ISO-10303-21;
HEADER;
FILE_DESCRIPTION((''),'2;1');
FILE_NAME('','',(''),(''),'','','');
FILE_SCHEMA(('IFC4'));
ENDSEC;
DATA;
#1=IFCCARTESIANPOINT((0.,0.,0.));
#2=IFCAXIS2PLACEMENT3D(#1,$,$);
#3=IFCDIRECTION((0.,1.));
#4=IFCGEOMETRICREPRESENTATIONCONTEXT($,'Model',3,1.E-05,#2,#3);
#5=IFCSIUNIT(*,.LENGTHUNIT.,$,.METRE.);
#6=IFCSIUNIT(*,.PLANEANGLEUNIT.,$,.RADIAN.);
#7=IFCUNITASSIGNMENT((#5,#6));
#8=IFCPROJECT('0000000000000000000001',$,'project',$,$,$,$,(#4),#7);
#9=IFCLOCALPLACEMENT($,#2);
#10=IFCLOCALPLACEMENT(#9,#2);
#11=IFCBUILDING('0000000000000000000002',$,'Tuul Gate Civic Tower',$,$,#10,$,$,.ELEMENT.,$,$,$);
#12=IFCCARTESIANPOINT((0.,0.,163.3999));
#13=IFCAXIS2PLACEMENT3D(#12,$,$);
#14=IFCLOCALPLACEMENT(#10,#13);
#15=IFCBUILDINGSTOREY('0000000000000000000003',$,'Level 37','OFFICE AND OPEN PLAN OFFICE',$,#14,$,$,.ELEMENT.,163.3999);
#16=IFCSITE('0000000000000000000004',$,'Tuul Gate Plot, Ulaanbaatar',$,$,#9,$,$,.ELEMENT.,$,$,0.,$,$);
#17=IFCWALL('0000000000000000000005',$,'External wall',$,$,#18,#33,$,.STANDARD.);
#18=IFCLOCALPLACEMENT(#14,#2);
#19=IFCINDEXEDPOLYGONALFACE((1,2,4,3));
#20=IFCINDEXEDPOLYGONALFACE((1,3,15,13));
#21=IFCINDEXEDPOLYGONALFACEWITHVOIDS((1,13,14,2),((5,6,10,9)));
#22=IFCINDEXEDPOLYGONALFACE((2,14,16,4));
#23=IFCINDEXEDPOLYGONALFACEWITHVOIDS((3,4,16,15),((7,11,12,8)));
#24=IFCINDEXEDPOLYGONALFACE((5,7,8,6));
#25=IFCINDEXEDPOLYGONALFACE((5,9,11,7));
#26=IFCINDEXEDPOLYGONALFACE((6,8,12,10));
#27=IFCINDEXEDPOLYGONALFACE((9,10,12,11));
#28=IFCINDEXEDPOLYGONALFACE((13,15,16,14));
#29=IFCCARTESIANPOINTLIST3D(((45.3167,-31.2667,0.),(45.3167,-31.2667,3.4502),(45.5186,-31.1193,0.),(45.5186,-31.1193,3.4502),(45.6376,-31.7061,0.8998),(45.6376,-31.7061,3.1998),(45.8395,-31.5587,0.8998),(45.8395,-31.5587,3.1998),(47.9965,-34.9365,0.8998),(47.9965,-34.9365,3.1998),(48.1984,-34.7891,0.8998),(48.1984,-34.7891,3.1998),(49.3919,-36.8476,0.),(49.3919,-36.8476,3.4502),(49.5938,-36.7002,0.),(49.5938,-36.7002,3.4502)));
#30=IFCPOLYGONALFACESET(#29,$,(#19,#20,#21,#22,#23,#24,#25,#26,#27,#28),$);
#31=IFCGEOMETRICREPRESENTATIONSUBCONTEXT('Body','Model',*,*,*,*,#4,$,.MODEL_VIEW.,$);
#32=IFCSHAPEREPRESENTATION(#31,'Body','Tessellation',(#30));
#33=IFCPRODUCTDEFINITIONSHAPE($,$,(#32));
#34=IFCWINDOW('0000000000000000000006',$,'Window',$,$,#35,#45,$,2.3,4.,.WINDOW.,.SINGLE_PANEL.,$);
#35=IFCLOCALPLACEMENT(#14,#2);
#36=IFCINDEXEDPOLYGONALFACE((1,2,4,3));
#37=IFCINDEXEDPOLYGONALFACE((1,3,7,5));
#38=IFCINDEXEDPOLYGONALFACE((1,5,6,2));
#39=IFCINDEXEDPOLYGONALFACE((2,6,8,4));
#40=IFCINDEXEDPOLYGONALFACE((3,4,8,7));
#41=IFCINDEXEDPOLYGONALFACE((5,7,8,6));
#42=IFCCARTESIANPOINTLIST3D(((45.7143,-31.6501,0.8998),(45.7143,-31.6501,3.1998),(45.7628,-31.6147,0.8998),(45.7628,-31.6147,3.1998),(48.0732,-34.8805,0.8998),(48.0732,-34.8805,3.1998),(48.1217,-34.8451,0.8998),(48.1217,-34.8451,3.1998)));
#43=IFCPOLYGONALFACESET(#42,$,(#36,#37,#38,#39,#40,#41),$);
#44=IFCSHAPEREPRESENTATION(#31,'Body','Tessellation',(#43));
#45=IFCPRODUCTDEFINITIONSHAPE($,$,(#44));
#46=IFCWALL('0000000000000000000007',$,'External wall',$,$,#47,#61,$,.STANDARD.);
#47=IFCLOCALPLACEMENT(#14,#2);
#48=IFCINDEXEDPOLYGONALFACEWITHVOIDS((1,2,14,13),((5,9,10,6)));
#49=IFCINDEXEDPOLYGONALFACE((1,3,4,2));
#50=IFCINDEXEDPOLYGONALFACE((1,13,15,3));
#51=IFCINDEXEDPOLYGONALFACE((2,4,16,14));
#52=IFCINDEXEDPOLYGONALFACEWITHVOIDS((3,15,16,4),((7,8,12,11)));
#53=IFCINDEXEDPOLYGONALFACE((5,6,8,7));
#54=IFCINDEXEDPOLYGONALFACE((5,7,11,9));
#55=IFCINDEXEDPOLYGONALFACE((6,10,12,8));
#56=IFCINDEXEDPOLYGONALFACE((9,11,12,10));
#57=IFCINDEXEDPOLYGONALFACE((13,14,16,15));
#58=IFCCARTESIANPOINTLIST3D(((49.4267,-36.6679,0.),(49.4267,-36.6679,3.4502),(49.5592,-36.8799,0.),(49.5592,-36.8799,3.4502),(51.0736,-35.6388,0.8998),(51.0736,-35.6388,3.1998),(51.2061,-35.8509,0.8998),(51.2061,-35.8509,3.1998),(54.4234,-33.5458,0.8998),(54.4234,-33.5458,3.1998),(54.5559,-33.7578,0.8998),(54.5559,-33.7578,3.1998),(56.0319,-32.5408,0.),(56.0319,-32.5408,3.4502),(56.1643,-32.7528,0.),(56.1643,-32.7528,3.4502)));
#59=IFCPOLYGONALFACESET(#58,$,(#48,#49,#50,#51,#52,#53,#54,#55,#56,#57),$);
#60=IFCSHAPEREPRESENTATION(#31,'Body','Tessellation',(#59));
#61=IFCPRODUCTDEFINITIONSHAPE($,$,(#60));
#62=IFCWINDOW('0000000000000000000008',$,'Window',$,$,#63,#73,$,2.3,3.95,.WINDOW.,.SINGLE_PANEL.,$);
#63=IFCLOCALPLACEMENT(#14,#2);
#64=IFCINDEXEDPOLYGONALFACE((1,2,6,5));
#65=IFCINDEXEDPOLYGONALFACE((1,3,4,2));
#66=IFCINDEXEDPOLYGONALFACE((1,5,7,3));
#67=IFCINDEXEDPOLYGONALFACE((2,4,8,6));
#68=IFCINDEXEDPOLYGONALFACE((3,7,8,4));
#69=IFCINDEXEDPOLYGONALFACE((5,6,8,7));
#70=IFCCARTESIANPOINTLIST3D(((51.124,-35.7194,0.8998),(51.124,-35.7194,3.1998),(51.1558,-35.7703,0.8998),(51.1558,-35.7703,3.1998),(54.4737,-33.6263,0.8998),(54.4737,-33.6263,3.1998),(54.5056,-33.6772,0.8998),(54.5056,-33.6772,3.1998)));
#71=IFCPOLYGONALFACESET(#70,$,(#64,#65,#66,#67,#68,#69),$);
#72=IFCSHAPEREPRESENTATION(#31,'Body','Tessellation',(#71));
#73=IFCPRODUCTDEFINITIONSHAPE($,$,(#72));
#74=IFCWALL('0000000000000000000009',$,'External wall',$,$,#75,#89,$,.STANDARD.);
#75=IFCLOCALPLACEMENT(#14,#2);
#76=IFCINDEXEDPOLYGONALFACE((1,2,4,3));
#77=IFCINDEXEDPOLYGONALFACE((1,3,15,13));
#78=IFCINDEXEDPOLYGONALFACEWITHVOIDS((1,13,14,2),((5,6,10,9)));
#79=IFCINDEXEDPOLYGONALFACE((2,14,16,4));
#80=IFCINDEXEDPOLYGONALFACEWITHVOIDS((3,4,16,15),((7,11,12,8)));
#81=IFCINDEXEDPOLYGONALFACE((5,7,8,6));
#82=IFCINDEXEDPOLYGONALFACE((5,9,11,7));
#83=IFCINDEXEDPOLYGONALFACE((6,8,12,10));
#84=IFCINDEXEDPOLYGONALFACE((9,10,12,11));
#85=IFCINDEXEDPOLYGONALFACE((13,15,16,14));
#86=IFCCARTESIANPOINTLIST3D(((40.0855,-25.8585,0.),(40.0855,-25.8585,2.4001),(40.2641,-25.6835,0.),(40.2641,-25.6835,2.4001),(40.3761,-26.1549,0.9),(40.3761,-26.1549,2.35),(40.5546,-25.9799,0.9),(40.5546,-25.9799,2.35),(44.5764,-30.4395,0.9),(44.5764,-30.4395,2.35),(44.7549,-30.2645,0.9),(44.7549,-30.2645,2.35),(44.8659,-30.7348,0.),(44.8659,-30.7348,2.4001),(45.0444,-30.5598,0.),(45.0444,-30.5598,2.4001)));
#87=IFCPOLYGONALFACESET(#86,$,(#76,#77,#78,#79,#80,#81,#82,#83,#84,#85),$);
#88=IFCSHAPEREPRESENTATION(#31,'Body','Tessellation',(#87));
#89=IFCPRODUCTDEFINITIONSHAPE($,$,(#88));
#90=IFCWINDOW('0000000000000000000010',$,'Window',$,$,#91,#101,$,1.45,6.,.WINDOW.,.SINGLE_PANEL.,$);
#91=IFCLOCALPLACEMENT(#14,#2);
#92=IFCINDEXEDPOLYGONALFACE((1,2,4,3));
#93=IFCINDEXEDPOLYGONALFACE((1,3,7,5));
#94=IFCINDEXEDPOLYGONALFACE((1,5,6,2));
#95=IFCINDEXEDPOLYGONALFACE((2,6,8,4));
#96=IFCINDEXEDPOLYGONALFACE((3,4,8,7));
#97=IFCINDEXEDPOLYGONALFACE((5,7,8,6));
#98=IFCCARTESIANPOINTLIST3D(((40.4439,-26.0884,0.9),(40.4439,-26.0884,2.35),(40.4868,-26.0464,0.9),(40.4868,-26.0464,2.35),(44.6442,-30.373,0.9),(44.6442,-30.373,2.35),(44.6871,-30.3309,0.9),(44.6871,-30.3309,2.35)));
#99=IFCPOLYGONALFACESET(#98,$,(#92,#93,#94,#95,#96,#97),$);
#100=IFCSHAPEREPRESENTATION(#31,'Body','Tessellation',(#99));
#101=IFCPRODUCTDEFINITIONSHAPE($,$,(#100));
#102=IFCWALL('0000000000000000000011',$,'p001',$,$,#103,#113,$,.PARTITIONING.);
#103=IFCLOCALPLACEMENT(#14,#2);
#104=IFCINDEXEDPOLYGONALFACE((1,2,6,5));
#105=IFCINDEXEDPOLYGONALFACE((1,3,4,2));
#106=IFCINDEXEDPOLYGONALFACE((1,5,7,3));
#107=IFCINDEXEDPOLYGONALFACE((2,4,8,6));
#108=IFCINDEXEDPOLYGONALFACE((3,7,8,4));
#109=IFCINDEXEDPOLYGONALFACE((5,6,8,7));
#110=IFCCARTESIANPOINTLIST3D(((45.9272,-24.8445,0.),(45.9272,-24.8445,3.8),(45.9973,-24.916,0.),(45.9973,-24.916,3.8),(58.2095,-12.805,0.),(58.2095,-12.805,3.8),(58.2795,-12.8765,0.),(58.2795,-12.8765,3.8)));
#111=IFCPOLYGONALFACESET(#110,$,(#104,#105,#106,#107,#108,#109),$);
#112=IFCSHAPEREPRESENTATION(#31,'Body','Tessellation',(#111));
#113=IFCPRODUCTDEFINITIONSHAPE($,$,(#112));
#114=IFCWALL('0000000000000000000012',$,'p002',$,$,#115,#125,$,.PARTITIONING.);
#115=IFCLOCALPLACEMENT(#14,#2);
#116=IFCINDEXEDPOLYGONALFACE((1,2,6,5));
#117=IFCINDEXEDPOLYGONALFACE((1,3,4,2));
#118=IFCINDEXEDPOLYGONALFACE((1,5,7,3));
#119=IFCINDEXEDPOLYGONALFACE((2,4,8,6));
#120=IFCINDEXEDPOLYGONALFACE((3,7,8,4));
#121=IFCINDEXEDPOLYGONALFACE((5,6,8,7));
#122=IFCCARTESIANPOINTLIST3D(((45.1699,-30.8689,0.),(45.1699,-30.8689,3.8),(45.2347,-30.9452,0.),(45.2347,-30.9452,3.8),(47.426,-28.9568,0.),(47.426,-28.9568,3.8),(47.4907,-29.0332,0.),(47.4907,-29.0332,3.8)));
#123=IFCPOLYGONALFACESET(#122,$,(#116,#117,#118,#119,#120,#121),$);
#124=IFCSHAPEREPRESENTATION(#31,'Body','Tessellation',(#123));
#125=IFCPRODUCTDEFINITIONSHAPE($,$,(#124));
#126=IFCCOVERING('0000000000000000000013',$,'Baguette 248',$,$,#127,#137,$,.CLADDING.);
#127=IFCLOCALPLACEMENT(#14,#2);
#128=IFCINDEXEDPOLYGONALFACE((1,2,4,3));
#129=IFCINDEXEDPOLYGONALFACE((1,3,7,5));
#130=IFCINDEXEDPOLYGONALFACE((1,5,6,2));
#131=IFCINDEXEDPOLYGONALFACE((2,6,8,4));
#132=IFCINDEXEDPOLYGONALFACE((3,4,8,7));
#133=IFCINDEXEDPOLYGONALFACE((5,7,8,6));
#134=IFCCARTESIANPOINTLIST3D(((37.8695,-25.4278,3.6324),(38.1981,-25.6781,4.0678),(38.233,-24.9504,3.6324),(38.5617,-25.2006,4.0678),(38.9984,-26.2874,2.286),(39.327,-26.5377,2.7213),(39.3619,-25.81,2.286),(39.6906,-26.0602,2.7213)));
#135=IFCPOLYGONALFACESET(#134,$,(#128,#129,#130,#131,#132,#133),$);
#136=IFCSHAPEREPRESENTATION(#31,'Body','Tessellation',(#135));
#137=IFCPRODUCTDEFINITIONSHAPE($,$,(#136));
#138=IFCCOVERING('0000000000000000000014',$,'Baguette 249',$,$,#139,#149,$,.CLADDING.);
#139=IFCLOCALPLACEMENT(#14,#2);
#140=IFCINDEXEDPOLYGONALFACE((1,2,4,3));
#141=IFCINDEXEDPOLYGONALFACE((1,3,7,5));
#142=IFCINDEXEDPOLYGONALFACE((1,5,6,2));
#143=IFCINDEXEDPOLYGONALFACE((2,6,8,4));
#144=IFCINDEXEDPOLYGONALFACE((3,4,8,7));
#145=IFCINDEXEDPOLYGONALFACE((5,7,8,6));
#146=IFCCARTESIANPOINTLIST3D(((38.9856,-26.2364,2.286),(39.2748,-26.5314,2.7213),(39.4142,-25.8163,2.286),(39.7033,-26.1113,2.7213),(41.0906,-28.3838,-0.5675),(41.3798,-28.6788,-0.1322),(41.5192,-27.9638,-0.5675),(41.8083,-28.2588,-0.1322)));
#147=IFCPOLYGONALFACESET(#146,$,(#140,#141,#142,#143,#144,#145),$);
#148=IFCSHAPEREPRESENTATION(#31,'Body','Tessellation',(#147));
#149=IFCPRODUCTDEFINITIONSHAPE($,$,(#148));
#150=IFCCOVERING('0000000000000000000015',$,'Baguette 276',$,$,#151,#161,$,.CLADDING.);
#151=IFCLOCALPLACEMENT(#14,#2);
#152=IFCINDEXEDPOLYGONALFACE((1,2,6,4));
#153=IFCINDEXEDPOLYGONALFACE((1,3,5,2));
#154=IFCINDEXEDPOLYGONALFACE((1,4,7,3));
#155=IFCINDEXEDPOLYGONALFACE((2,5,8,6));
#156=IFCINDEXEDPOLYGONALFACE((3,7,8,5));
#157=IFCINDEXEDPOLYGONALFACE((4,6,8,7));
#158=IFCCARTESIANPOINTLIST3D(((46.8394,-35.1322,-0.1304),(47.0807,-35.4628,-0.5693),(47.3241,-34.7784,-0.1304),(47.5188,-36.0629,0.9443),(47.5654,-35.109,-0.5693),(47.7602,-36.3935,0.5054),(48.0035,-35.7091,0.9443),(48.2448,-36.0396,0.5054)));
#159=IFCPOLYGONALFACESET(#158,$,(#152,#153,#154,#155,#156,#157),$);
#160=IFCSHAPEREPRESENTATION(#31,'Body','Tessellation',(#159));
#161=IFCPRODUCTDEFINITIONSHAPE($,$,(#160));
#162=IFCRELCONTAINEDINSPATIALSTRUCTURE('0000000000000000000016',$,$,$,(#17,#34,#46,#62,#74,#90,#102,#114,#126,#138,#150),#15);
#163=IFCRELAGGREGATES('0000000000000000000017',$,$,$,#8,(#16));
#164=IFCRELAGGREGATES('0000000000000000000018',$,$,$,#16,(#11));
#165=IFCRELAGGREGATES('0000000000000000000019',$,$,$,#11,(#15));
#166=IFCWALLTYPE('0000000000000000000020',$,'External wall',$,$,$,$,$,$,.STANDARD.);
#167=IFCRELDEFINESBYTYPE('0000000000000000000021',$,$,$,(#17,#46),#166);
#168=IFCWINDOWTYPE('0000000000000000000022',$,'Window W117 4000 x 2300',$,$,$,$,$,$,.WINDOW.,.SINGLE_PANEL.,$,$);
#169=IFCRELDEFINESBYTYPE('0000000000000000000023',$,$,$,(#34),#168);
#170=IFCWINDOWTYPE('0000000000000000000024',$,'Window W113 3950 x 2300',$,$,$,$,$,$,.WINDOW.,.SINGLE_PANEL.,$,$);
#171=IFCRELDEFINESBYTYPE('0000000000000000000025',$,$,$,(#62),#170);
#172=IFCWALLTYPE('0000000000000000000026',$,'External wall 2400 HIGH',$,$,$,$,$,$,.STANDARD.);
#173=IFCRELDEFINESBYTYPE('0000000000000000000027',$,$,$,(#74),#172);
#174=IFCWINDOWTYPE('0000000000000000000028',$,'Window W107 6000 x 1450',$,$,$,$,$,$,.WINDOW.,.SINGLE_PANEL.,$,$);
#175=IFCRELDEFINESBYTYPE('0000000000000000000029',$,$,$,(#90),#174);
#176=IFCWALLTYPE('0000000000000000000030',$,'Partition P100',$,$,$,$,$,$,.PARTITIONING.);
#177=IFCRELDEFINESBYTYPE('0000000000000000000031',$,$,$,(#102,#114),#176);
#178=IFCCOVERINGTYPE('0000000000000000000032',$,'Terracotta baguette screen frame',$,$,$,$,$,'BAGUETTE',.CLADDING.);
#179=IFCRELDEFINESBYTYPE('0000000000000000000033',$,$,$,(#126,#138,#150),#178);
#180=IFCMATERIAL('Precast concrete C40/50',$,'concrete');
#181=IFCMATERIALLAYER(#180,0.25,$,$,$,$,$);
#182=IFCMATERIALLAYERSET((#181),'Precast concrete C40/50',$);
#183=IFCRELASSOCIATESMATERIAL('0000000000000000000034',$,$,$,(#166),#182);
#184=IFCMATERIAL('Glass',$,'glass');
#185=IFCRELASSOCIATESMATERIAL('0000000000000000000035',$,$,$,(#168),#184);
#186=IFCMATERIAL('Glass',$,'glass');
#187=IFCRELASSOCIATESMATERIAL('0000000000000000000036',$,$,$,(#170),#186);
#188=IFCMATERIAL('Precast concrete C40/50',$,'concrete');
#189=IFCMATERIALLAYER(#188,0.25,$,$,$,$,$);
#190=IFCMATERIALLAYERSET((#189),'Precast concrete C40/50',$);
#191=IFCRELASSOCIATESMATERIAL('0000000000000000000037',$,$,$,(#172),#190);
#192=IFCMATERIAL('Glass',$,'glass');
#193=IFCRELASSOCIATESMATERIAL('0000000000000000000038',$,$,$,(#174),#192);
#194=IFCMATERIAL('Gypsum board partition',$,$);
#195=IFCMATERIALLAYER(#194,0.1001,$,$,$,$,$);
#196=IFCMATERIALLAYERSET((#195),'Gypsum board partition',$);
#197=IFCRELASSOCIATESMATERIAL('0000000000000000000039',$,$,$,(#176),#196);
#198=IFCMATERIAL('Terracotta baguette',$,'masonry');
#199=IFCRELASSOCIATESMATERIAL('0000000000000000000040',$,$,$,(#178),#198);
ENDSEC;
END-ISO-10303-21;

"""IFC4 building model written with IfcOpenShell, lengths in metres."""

from ifc_helpers import new_model, si_unit, direction, frame, frame_2d, origin, origin_2d, place, context, subcontext, project, spatial, rectangle, extrude, material, layer, layer_set, material_profile, profile_set, type_object, element, fill, save


model = new_model("IFC4")

# Units and contexts
model_context = context("Model", 3, precision=1e-05, world=origin(), true_north=direction((0.0, 1.0)))
body_context = subcontext(model_context, "Body", "Model", "MODEL_VIEW")
ifc_project = project(units=[si_unit("LENGTHUNIT", "METRE"), si_unit("PLANEANGLEUNIT", "RADIAN")], contexts=[model_context])

# Site, building, storey
site_placement = place(None, origin())
site = spatial("IfcSite", under=ifc_project, at=site_placement, Name="Tuul Gate Plot, Ulaanbaatar", CompositionType="ELEMENT", RefElevation=0.0)
building_placement = place(site_placement, origin())
building = spatial("IfcBuilding", under=site, at=building_placement, Name="Tuul Gate Civic Tower", CompositionType="ELEMENT")
storey_placement = place(building_placement, frame((0.0, 0.0, 163.3999)))
storey = spatial("IfcBuildingStorey", under=building, at=storey_placement, Name="Level 37", Description="OFFICE AND OPEN PLAN OFFICE", CompositionType="ELEMENT", Elevation=163.3999)

# Walls, openings, windows
ifc_material_1 = material(Name="Precast concrete C40/50", Category="concrete")
ifc_layer_1 = layer(ifc_material_1, 0.25)
ifc_layer_set_1 = layer_set([ifc_layer_1], Name="Precast concrete C40/50")
wall_type_1 = type_object("IfcWallType", Name="External wall", PredefinedType="STANDARD", material=ifc_layer_set_1)
wall_1_placement = place(storey_placement, frame((45.4177, -31.1931, 0.0), z_axis=(0.0, 0.0, 1.0), x_axis=(0.589725, -0.807604, 0.0)))
wall_1 = element("IfcWall", 1, at=wall_1_placement, inside=storey, type_object=wall_type_1, Name="External wall", PredefinedType="STANDARD", context=body_context, shape_type="SweptSolid", body=[
    extrude(rectangle(XDim=6.9104, YDim=0.25, at=frame_2d((3.4551, 0.0))), origin(), (0.0, 0.0, 1.0), 3.4502),
])
opening_1_placement = place(wall_1_placement, frame((0.5439, 0.0, 0.8999)))
opening_1 = element("IfcOpeningElement", 2, at=opening_1_placement, cuts=wall_1, PredefinedType="OPENING", context=body_context, shape_type="SweptSolid", body=[
    extrude(rectangle(XDim=4.0, YDim=2.3, at=frame_2d((2.0, 1.1499))), frame((0.0, 0.135, 0.0), z_axis=(0.0, -1.0, 0.0), x_axis=(1.0, 0.0, 0.0)), (0.0, 0.0, 1.0), 0.27),
])
ifc_material_2 = material(Name="Glass", Category="glass")
window_type_1 = type_object("IfcWindowType", Name="Window W117 4000 x 2300", PartitioningType="SINGLE_PANEL", PredefinedType="WINDOW", material=ifc_material_2)
window_1_placement = place(opening_1_placement, origin())
window_1 = element("IfcWindow", 3, at=window_1_placement, inside=storey, type_object=window_type_1, Name="Window", OverallHeight=2.3, OverallWidth=4.0, PartitioningType="SINGLE_PANEL", PredefinedType="WINDOW", context=body_context, shape_type="SweptSolid", body=[
    extrude(rectangle(XDim=4.0, YDim=2.3, at=frame_2d((2.0, 1.1499))), frame((0.0, 0.03, 0.0), z_axis=(0.0, -1.0, 0.0), x_axis=(1.0, 0.0, 0.0)), (0.0, 0.0, 1.0), 0.0601),
])
fill(opening_1, window_1)
wall_2_placement = place(storey_placement, frame((49.4929, -36.7739, 0.0), z_axis=(0.0, 0.0, 1.0), x_axis=(0.84806, 0.5299, 0.0)))
wall_2 = element("IfcWall", 4, at=wall_2_placement, inside=storey, type_object=wall_type_1, Name="External wall", PredefinedType="STANDARD", context=body_context, shape_type="SweptSolid", body=[
    extrude(rectangle(XDim=7.7886, YDim=0.25, at=frame_2d((3.8943, 0.0))), origin(), (0.0, 0.0, 1.0), 3.4502),
])
opening_2_placement = place(wall_2_placement, frame((1.9419, 0.0, 0.8999)))
opening_2 = element("IfcOpeningElement", 5, at=opening_2_placement, cuts=wall_2, PredefinedType="OPENING", context=body_context, shape_type="SweptSolid", body=[
    extrude(rectangle(XDim=3.95, YDim=2.3, at=frame_2d((1.9751, 1.1499))), frame((0.0, 0.135, 0.0), z_axis=(0.0, -1.0, 0.0), x_axis=(1.0, 0.0, 0.0)), (0.0, 0.0, 1.0), 0.27),
])
ifc_material_3 = material(Name="Glass", Category="glass")
window_type_2 = type_object("IfcWindowType", Name="Window W113 3950 x 2300", PartitioningType="SINGLE_PANEL", PredefinedType="WINDOW", material=ifc_material_3)
window_2_placement = place(opening_2_placement, origin())
window_2 = element("IfcWindow", 6, at=window_2_placement, inside=storey, type_object=window_type_2, Name="Window", OverallHeight=2.3, OverallWidth=3.95, PartitioningType="SINGLE_PANEL", PredefinedType="WINDOW", context=body_context, shape_type="SweptSolid", body=[
    extrude(rectangle(XDim=3.95, YDim=2.3, at=frame_2d((1.9751, 1.1499))), frame((0.0, 0.03, 0.0), z_axis=(0.0, -1.0, 0.0), x_axis=(1.0, 0.0, 0.0)), (0.0, 0.0, 1.0), 0.0601),
])
fill(opening_2, window_2)
ifc_material_4 = material(Name="Precast concrete C40/50", Category="concrete")
ifc_layer_2 = layer(ifc_material_4, 0.25)
ifc_layer_set_2 = layer_set([ifc_layer_2], Name="Precast concrete C40/50")
wall_type_2 = type_object("IfcWallType", Name="External wall 2400 HIGH", PredefinedType="STANDARD", material=ifc_layer_set_2)
wall_3_placement = place(storey_placement, frame((40.1748, -25.771, 0.0), z_axis=(0.0, 0.0, 1.0), x_axis=(0.700046, -0.714097, 0.0)))
wall_3 = element("IfcWall", 7, at=wall_3_placement, inside=storey, type_object=wall_type_2, Name="External wall", PredefinedType="STANDARD", context=body_context, shape_type="SweptSolid", body=[
    extrude(rectangle(XDim=6.8286, YDim=0.25, at=frame_2d((3.4143, 0.0))), origin(), (0.0, 0.0, 1.0), 2.4001),
])
opening_3_placement = place(wall_3_placement, frame((0.415, 0.0, 0.8999)))
opening_3 = element("IfcOpeningElement", 8, at=opening_3_placement, cuts=wall_3, PredefinedType="OPENING", context=body_context, shape_type="SweptSolid", body=[
    extrude(rectangle(XDim=6.0, YDim=1.45, at=frame_2d((3.0, 0.7251))), frame((0.0, 0.135, 0.0), z_axis=(0.0, -1.0, 0.0), x_axis=(1.0, 0.0, 0.0)), (0.0, 0.0, 1.0), 0.27),
])
ifc_material_5 = material(Name="Glass", Category="glass")
window_type_3 = type_object("IfcWindowType", Name="Window W107 6000 x 1450", PartitioningType="SINGLE_PANEL", PredefinedType="WINDOW", material=ifc_material_5)
window_3_placement = place(opening_3_placement, origin())
window_3 = element("IfcWindow", 9, at=window_3_placement, inside=storey, type_object=window_type_3, Name="Window", OverallHeight=1.45, OverallWidth=6.0, PartitioningType="SINGLE_PANEL", PredefinedType="WINDOW", context=body_context, shape_type="SweptSolid", body=[
    extrude(rectangle(XDim=6.0, YDim=1.45, at=frame_2d((3.0, 0.7251))), frame((0.0, 0.03, 0.0), z_axis=(0.0, -1.0, 0.0), x_axis=(1.0, 0.0, 0.0)), (0.0, 0.0, 1.0), 0.0601),
])
fill(opening_3, window_3)

# Walls
ifc_material_6 = material(Name="Gypsum board partition")
ifc_layer_3 = layer(ifc_material_6, 0.1001)
ifc_layer_set_3 = layer_set([ifc_layer_3], Name="Gypsum board partition")
wall_type_3 = type_object("IfcWallType", Name="Partition P100", PredefinedType="PARTITIONING", material=ifc_layer_set_3)
wall_4_placement = place(storey_placement, frame((45.9622, -24.8804, 0.0), z_axis=(0.0, 0.0, 1.0), x_axis=(0.714127, 0.700017, 0.0)))
element("IfcWall", 10, at=wall_4_placement, inside=storey, type_object=wall_type_3, Name="p001", PredefinedType="PARTITIONING", context=body_context, shape_type="SweptSolid", body=[
    extrude(rectangle(XDim=17.199, YDim=0.1001, at=frame_2d((8.5996, 0.0))), origin(), (0.0, 0.0, 1.0), 3.8),
])
wall_5_placement = place(storey_placement, frame((45.2024, -30.907, 0.0), z_axis=(0.0, 0.0, 1.0), x_axis=(0.762869, 0.646553, 0.0)))
element("IfcWall", 11, at=wall_5_placement, inside=storey, type_object=wall_type_3, Name="p002", PredefinedType="PARTITIONING", context=body_context, shape_type="SweptSolid", body=[
    extrude(rectangle(XDim=2.9573, YDim=0.1001, at=frame_2d((1.4785, 0.0))), origin(), (0.0, 0.0, 1.0), 3.8),
])

# Coverings
ifc_material_7 = material(Name="Terracotta baguette", Category="masonry")
ifc_material_profile_1 = material_profile(ifc_material_7, rectangle(XDim=0.6001, YDim=0.6001, at=origin_2d()), Name="Terracotta baguette screen frame")
ifc_profile_set_1 = profile_set([ifc_material_profile_1], Name="Terracotta baguette")
covering_type = type_object("IfcCoveringType", Name="Terracotta baguette screen frame", ElementType="BAGUETTE", PredefinedType="CLADDING", material=ifc_profile_set_1)
covering_1_placement = place(storey_placement, frame((38.2156, -25.3142, 3.8501), z_axis=(0.577126, -0.439459, -0.688332), x_axis=(0.60582, 0.795602, 0.0)))
element("IfcCovering", 12, at=covering_1_placement, inside=storey, type_object=covering_type, Name="Baguette 248", PredefinedType="CLADDING", context=body_context, shape_type="SweptSolid", body=[
    extrude(rectangle(XDim=0.6001, YDim=0.6001, at=origin_2d()), origin(), (0.0, 0.0, 1.0), 1.9561),
])
covering_2_placement = place(storey_placement, frame((39.3445, -26.1738, 2.5037), z_axis=(0.507776, -0.518023, -0.688342), x_axis=(0.714135, 0.700008, 0.0)))
element("IfcCovering", 13, at=covering_2_placement, inside=storey, type_object=covering_type, Name="Baguette 249", PredefinedType="CLADDING", context=body_context, shape_type="SweptSolid", body=[
    extrude(rectangle(XDim=0.6001, YDim=0.6001, at=origin_2d()), origin(), (0.0, 0.0, 1.0), 4.1455),
])
covering_3_placement = place(storey_placement, frame((47.2024, -35.1206, -0.3499), z_axis=(0.431206, -0.590642, 0.682058), x_axis=(0.807663, 0.589645, 0.0)))
element("IfcCovering", 14, at=covering_3_placement, inside=storey, type_object=covering_type, Name="Baguette 276", PredefinedType="CLADDING", context=body_context, shape_type="SweptSolid", body=[
    extrude(rectangle(XDim=0.6001, YDim=0.6001, at=origin_2d()), origin(), (0.0, 0.0, 1.0), 1.5757),
])

save(model, "model.ifc")
